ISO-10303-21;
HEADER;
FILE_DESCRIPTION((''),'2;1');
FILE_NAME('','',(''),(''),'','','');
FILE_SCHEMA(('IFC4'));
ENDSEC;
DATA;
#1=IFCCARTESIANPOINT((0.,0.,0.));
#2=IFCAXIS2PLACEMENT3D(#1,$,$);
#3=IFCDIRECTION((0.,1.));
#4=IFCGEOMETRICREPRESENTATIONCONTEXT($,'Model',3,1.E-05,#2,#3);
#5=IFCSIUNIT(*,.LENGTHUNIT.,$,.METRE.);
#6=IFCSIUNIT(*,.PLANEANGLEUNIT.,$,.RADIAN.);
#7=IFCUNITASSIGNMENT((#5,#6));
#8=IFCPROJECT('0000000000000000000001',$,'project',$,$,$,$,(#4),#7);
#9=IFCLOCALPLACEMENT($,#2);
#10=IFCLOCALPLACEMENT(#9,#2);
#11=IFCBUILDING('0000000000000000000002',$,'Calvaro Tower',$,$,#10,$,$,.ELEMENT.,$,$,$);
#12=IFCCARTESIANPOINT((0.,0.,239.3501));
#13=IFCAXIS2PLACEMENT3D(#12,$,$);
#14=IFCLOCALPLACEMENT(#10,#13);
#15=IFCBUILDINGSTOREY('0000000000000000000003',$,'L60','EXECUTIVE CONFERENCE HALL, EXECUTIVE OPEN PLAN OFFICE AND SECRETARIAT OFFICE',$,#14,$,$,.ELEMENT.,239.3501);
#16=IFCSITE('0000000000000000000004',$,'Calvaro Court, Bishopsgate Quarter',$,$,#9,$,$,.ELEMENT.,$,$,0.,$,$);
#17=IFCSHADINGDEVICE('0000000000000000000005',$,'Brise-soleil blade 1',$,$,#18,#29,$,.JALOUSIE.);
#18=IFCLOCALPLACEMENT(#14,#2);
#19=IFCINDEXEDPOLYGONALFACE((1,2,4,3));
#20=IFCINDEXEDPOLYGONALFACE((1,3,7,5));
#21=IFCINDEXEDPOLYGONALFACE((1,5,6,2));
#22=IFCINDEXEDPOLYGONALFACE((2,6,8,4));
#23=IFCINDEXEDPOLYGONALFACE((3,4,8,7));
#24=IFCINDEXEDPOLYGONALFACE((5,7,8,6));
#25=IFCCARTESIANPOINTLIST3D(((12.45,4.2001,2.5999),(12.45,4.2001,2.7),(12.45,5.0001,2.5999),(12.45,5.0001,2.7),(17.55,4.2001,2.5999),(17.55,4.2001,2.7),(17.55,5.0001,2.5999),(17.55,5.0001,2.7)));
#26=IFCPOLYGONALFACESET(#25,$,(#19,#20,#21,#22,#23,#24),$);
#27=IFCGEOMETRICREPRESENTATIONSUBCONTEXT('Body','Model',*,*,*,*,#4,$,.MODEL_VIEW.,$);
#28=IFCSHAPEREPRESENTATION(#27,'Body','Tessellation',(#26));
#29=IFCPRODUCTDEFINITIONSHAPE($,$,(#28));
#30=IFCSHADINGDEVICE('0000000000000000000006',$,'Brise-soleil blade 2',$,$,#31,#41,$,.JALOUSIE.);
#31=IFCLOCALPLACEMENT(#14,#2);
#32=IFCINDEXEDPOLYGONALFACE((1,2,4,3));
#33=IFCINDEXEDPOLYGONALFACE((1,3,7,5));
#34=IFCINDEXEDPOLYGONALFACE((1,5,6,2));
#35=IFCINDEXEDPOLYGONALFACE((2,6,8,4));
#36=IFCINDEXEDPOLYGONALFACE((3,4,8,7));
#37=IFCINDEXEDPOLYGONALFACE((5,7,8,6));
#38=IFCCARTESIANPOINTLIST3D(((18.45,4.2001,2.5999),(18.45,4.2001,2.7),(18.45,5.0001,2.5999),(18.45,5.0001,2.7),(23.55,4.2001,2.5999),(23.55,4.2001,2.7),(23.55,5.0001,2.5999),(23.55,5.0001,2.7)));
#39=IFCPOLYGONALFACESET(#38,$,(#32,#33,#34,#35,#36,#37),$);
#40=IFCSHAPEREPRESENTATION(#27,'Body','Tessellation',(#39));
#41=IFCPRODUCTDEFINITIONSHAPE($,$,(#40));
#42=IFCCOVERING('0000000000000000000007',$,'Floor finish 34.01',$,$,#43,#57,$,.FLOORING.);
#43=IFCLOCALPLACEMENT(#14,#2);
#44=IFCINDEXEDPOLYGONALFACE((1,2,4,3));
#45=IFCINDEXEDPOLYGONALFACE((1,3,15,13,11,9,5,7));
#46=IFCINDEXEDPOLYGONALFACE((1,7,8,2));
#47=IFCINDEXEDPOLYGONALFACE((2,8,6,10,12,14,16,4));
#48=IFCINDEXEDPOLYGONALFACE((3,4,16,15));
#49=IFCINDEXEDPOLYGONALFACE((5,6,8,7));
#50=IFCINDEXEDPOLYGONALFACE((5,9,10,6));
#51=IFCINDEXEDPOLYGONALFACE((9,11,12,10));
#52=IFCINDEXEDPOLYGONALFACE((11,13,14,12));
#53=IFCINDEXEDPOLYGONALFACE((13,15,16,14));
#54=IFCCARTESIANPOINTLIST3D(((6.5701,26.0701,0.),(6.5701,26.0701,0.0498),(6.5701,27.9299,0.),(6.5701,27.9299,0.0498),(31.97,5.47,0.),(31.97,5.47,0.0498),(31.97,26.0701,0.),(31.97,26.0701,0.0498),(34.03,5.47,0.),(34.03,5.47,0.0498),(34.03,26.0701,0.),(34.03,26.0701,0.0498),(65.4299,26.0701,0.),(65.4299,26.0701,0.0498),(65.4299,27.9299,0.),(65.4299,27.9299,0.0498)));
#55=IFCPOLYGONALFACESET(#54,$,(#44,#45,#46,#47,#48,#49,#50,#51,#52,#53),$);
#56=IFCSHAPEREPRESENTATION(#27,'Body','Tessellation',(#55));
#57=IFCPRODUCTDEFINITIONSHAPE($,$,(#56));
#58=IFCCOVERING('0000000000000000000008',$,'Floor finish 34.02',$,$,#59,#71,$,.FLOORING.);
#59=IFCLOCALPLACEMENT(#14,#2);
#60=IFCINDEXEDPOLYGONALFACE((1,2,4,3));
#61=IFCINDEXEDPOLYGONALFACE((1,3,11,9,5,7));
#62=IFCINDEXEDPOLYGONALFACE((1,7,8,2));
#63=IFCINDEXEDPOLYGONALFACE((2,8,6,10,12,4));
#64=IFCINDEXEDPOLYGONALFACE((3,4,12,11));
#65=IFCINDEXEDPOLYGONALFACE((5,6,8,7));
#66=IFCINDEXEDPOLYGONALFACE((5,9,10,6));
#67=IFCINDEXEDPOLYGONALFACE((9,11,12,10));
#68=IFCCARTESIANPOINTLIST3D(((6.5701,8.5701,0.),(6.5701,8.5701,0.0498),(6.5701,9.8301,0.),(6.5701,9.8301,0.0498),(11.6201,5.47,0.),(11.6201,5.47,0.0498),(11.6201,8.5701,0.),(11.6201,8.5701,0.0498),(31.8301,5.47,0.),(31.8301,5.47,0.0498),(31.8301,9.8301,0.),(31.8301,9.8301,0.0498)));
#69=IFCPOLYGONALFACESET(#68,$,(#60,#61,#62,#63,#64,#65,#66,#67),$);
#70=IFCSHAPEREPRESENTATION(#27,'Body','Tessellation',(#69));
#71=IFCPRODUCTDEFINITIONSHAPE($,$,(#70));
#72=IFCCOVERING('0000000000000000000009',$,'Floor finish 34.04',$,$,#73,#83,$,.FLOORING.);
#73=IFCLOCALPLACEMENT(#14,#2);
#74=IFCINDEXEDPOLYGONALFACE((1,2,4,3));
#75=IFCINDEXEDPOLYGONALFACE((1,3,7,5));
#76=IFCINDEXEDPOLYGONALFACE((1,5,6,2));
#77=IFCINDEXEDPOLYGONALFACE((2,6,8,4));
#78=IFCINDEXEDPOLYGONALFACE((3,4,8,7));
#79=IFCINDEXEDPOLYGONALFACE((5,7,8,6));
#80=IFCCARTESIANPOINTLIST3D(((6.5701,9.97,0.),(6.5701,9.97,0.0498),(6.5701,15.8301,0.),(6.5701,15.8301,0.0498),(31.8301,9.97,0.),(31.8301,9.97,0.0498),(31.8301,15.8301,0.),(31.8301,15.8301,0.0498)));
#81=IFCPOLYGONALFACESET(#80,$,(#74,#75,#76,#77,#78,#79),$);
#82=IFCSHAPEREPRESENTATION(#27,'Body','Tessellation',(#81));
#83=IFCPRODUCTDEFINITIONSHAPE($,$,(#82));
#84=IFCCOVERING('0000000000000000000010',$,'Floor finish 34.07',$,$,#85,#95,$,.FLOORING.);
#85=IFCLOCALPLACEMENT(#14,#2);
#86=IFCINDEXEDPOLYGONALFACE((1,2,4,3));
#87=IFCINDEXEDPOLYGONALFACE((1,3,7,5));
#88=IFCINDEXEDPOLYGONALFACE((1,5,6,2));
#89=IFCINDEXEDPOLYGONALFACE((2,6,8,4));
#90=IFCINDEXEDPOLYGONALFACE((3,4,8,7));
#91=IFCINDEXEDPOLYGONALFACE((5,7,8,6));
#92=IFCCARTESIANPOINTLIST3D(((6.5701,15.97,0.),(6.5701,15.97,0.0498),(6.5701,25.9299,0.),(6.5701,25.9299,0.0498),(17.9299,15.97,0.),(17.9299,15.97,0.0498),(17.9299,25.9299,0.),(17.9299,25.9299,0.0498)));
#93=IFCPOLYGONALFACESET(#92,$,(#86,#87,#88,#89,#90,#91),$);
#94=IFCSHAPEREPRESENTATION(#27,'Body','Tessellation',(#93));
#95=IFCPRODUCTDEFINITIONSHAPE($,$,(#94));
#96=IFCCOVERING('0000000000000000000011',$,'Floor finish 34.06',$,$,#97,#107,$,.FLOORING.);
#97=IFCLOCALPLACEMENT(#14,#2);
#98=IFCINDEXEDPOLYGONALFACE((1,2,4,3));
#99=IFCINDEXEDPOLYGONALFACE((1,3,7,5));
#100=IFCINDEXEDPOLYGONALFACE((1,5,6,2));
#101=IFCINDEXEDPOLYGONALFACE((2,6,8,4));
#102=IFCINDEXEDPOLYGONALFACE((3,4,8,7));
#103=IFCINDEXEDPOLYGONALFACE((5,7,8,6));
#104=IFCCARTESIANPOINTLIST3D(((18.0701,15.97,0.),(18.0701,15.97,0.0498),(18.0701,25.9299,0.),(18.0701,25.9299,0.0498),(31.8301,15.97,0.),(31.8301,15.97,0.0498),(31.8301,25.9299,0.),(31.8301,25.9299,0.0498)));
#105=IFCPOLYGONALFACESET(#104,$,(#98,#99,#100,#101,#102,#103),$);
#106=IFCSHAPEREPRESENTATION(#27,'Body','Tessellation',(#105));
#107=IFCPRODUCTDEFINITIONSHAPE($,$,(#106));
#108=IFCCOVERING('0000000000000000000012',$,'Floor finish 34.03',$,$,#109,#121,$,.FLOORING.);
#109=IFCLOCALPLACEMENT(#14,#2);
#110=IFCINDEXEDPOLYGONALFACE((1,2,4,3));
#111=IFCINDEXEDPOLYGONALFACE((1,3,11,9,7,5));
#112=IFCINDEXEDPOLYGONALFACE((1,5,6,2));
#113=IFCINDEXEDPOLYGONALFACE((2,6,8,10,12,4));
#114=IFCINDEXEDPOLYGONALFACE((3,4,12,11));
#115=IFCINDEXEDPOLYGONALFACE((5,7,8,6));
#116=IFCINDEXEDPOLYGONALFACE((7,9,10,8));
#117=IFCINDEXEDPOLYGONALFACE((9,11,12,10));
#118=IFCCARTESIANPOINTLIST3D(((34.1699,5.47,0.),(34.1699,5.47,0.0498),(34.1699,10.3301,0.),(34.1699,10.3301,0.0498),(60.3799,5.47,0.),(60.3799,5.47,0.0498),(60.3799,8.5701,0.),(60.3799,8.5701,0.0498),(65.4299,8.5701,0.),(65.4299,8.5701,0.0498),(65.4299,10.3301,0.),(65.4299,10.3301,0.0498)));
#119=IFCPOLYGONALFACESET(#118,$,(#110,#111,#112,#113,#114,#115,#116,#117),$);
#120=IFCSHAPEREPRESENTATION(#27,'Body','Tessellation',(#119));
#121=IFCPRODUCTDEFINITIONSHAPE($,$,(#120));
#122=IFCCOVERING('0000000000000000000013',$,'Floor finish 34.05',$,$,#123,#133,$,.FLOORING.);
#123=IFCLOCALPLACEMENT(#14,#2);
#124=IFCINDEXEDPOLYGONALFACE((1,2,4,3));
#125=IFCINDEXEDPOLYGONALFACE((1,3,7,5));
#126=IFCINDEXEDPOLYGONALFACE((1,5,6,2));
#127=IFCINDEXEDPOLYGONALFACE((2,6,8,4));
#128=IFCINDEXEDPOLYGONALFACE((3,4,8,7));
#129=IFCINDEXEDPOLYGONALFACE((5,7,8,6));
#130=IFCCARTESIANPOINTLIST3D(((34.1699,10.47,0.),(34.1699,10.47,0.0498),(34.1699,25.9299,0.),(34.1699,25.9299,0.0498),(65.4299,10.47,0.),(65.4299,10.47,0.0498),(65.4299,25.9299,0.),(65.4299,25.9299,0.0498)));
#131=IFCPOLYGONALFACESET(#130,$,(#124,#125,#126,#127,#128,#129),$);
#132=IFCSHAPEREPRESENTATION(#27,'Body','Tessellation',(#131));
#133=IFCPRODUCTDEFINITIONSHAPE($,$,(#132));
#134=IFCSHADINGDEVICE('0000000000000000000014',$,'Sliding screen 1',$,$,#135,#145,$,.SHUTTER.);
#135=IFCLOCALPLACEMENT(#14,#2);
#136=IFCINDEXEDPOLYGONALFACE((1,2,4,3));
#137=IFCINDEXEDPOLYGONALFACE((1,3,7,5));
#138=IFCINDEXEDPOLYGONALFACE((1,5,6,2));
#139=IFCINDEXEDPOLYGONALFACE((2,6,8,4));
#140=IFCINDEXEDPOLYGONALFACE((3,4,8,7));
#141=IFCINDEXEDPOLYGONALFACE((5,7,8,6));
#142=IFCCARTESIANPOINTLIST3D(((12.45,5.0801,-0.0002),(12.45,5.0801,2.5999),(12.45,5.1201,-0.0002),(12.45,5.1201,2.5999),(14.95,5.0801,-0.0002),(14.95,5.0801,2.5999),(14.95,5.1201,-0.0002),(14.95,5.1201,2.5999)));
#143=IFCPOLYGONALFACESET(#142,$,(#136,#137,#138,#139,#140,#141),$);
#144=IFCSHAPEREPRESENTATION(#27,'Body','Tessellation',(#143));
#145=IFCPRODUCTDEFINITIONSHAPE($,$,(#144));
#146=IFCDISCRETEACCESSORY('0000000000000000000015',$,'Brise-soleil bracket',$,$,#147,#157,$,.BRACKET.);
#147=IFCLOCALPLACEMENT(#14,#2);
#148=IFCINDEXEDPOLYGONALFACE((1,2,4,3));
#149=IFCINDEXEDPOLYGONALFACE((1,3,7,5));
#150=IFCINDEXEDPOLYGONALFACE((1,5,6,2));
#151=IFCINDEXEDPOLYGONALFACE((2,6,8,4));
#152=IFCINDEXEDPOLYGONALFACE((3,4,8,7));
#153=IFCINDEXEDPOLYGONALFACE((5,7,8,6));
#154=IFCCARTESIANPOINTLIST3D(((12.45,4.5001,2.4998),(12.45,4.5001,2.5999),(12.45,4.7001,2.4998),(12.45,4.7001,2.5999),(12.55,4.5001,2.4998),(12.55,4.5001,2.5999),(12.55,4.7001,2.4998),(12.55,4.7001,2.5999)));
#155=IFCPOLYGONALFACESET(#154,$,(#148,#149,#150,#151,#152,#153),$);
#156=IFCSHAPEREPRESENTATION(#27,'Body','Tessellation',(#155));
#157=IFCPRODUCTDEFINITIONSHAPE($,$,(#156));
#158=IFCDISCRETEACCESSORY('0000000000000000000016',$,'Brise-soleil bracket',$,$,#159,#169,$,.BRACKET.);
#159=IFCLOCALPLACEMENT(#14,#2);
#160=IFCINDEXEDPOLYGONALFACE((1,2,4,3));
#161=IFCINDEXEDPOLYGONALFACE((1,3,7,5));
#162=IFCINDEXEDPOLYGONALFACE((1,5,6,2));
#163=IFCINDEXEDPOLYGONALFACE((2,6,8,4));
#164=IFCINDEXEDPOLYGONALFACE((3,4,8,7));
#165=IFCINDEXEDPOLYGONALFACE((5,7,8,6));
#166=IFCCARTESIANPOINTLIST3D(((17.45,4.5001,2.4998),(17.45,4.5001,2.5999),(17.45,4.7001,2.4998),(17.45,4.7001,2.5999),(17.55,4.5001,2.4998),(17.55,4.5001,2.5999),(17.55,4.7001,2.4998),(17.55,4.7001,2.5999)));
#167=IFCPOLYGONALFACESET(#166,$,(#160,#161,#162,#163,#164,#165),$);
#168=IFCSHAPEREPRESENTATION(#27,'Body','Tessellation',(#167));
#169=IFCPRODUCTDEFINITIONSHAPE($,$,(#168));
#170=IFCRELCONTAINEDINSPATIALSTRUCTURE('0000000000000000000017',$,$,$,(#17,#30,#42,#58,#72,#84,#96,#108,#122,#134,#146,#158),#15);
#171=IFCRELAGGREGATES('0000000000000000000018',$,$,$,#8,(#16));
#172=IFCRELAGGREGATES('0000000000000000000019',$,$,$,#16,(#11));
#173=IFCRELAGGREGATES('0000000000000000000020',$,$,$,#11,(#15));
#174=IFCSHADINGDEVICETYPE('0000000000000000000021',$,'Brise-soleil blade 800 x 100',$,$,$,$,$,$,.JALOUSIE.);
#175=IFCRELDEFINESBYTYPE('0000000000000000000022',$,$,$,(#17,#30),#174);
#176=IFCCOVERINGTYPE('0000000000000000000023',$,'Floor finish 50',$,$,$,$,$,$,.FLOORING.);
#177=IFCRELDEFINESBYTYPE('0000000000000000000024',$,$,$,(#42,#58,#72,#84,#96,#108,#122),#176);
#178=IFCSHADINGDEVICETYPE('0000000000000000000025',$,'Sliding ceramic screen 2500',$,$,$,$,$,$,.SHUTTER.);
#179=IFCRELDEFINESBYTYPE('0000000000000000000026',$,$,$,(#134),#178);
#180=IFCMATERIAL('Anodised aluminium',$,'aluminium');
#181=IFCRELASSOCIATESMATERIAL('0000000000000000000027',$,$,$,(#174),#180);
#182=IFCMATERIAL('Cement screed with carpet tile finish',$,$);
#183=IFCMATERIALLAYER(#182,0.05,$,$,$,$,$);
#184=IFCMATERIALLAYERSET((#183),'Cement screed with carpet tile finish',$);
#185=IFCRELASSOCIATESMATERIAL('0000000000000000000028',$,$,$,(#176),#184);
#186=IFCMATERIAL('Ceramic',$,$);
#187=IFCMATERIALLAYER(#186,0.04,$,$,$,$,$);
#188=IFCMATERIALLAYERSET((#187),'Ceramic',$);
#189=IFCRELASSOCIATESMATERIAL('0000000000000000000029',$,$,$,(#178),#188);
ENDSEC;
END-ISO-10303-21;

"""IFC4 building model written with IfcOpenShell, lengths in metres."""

from ifc_helpers import new_model, si_unit, direction, frame, origin, origin_2d, place, context, subcontext, project, spatial, polyline, rectangle, outline, extrude, material, layer, layer_set, material_profile, profile_set, type_object, element, save


model = new_model("IFC4")

# Units and contexts
model_context = context("Model", 3, precision=1e-05, world=origin(), true_north=direction((0.0, 1.0)))
body_context = subcontext(model_context, "Body", "Model", "MODEL_VIEW")
ifc_project = project(units=[si_unit("LENGTHUNIT", "METRE"), si_unit("PLANEANGLEUNIT", "RADIAN")], contexts=[model_context])

# Site, building, storey
site_placement = place(None, origin())
site = spatial("IfcSite", under=ifc_project, at=site_placement, Name="Calvaro Court, Bishopsgate Quarter", CompositionType="ELEMENT", RefElevation=0.0)
building_placement = place(site_placement, origin())
building = spatial("IfcBuilding", under=site, at=building_placement, Name="Calvaro Tower", CompositionType="ELEMENT")
storey_placement = place(building_placement, frame((0.0, 0.0, 239.3501)))
storey = spatial("IfcBuildingStorey", under=building, at=storey_placement, Name="L60", Description="EXECUTIVE CONFERENCE HALL, EXECUTIVE OPEN PLAN OFFICE AND SECRETARIAT OFFICE", CompositionType="ELEMENT", Elevation=239.3501)

# Shading devices
ifc_material_1 = material(Name="Anodised aluminium", Category="aluminium")
ifc_material_profile_1 = material_profile(ifc_material_1, rectangle(XDim=0.8, YDim=0.1001, at=origin_2d()), Name="Brise-soleil blade 800 x 100")
ifc_profile_set_1 = profile_set([ifc_material_profile_1], Name="Anodised aluminium")
shading_device_type_1 = type_object("IfcShadingDeviceType", Name="Brise-soleil blade 800 x 100", PredefinedType="JALOUSIE", material=ifc_profile_set_1)
for number, where, z_axis, x_axis, name in (
    (1, (12.45, 4.6001, 2.6499), (1.0, 0.0, 0.0), (0.0, 1.0, 0.0), "Brise-soleil blade 1"),
    (2, (18.45, 4.6001, 2.6499), (1.0, 0.0, 0.0), (0.0, 1.0, 0.0), "Brise-soleil blade 2"),
):
    element("IfcShadingDevice", number, at=place(storey_placement, frame(where, z_axis=z_axis, x_axis=x_axis)), inside=storey, type_object=shading_device_type_1, Name=name, PredefinedType="JALOUSIE", context=body_context, shape_type="SweptSolid", body=[
        extrude(rectangle(XDim=0.8, YDim=0.1001, at=origin_2d()), origin(), (0.0, 0.0, 1.0), 5.1001),
    ])

# Coverings
ifc_material_2 = material(Name="Cement screed with carpet tile finish")
ifc_layer_1 = layer(ifc_material_2, 0.05)
ifc_layer_set_1 = layer_set([ifc_layer_1], Name="Cement screed with carpet tile finish")
covering_type = type_object("IfcCoveringType", Name="Floor finish 50", PredefinedType="FLOORING", material=ifc_layer_set_1)
covering_1_placement = place(storey_placement, origin())
element("IfcCovering", 3, at=covering_1_placement, inside=storey, type_object=covering_type, Name="Floor finish 34.01", PredefinedType="FLOORING", context=body_context, shape_type="SweptSolid", body=[
    extrude(outline(polyline([(31.97, 5.47), (31.97, 26.0701), (6.5701, 26.0701), (6.5701, 27.9299), (65.4299, 27.9299), (65.4299, 26.0701), (34.03, 26.0701), (34.03, 5.47), (31.97, 5.47)])), origin(), (0.0, 0.0, 1.0), 0.0498),
])
covering_2_placement = place(storey_placement, origin())
element("IfcCovering", 4, at=covering_2_placement, inside=storey, type_object=covering_type, Name="Floor finish 34.02", PredefinedType="FLOORING", context=body_context, shape_type="SweptSolid", body=[
    extrude(outline(polyline([(31.8301, 9.8301), (31.8301, 5.47), (11.6201, 5.47), (11.6201, 8.5701), (6.5701, 8.5701), (6.5701, 9.8301), (31.8301, 9.8301)])), origin(), (0.0, 0.0, 1.0), 0.0498),
])
covering_3_placement = place(storey_placement, origin())
element("IfcCovering", 5, at=covering_3_placement, inside=storey, type_object=covering_type, Name="Floor finish 34.04", PredefinedType="FLOORING", context=body_context, shape_type="SweptSolid", body=[
    extrude(outline(polyline([(31.8301, 15.8301), (31.8301, 9.97), (6.5701, 9.97), (6.5701, 15.8301), (31.8301, 15.8301)])), origin(), (0.0, 0.0, 1.0), 0.0498),
])
covering_4_placement = place(storey_placement, origin())
element("IfcCovering", 6, at=covering_4_placement, inside=storey, type_object=covering_type, Name="Floor finish 34.07", PredefinedType="FLOORING", context=body_context, shape_type="SweptSolid", body=[
    extrude(outline(polyline([(17.9299, 25.9299), (17.9299, 15.97), (6.5701, 15.97), (6.5701, 25.9299), (17.9299, 25.9299)])), origin(), (0.0, 0.0, 1.0), 0.0498),
])
covering_5_placement = place(storey_placement, origin())
element("IfcCovering", 7, at=covering_5_placement, inside=storey, type_object=covering_type, Name="Floor finish 34.06", PredefinedType="FLOORING", context=body_context, shape_type="SweptSolid", body=[
    extrude(outline(polyline([(18.0701, 15.97), (18.0701, 25.9299), (31.8301, 25.9299), (31.8301, 15.97), (18.0701, 15.97)])), origin(), (0.0, 0.0, 1.0), 0.0498),
])
covering_6_placement = place(storey_placement, origin())
element("IfcCovering", 8, at=covering_6_placement, inside=storey, type_object=covering_type, Name="Floor finish 34.03", PredefinedType="FLOORING", context=body_context, shape_type="SweptSolid", body=[
    extrude(outline(polyline([(65.4299, 8.5701), (60.3799, 8.5701), (60.3799, 5.47), (34.1699, 5.47), (34.1699, 10.3301), (65.4299, 10.3301), (65.4299, 8.5701)])), origin(), (0.0, 0.0, 1.0), 0.0498),
])
covering_7_placement = place(storey_placement, origin())
element("IfcCovering", 9, at=covering_7_placement, inside=storey, type_object=covering_type, Name="Floor finish 34.05", PredefinedType="FLOORING", context=body_context, shape_type="SweptSolid", body=[
    extrude(outline(polyline([(65.4299, 10.47), (34.1699, 10.47), (34.1699, 25.9299), (65.4299, 25.9299), (65.4299, 10.47)])), origin(), (0.0, 0.0, 1.0), 0.0498),
])

# Shading device
ifc_material_3 = material(Name="Ceramic")
ifc_layer_2 = layer(ifc_material_3, 0.04)
ifc_layer_set_2 = layer_set([ifc_layer_2], Name="Ceramic")
shading_device_type_2 = type_object("IfcShadingDeviceType", Name="Sliding ceramic screen 2500", PredefinedType="SHUTTER", material=ifc_layer_set_2)
shading_device_placement = place(storey_placement, frame((13.7, 5.1001, -0.0002), z_axis=(0.0, 0.0, 1.0), x_axis=(1.0, 0.0, 0.0)))
element("IfcShadingDevice", 10, at=shading_device_placement, inside=storey, type_object=shading_device_type_2, Name="Sliding screen 1", PredefinedType="SHUTTER", context=body_context, shape_type="SweptSolid", body=[
    extrude(rectangle(XDim=2.5, YDim=0.04, at=origin_2d()), origin(), (0.0, 0.0, 1.0), 2.6001),
])

# Discrete accessories
for number, where, z_axis, x_axis, name in (
    (11, (12.5, 4.6001, 2.4998), (0.0, 0.0, 1.0), (1.0, 0.0, 0.0), "Brise-soleil bracket"),
    (12, (17.5, 4.6001, 2.4998), (0.0, 0.0, 1.0), (1.0, 0.0, 0.0), "Brise-soleil bracket"),
):
    element("IfcDiscreteAccessory", number, at=place(storey_placement, frame(where, z_axis=z_axis, x_axis=x_axis)), inside=storey, Name=name, PredefinedType="BRACKET", context=body_context, shape_type="SweptSolid", body=[
        extrude(rectangle(XDim=0.1001, YDim=0.2, at=origin_2d()), origin(), (0.0, 0.0, 1.0), 0.1001),
    ])

save(model, "model.ifc")
